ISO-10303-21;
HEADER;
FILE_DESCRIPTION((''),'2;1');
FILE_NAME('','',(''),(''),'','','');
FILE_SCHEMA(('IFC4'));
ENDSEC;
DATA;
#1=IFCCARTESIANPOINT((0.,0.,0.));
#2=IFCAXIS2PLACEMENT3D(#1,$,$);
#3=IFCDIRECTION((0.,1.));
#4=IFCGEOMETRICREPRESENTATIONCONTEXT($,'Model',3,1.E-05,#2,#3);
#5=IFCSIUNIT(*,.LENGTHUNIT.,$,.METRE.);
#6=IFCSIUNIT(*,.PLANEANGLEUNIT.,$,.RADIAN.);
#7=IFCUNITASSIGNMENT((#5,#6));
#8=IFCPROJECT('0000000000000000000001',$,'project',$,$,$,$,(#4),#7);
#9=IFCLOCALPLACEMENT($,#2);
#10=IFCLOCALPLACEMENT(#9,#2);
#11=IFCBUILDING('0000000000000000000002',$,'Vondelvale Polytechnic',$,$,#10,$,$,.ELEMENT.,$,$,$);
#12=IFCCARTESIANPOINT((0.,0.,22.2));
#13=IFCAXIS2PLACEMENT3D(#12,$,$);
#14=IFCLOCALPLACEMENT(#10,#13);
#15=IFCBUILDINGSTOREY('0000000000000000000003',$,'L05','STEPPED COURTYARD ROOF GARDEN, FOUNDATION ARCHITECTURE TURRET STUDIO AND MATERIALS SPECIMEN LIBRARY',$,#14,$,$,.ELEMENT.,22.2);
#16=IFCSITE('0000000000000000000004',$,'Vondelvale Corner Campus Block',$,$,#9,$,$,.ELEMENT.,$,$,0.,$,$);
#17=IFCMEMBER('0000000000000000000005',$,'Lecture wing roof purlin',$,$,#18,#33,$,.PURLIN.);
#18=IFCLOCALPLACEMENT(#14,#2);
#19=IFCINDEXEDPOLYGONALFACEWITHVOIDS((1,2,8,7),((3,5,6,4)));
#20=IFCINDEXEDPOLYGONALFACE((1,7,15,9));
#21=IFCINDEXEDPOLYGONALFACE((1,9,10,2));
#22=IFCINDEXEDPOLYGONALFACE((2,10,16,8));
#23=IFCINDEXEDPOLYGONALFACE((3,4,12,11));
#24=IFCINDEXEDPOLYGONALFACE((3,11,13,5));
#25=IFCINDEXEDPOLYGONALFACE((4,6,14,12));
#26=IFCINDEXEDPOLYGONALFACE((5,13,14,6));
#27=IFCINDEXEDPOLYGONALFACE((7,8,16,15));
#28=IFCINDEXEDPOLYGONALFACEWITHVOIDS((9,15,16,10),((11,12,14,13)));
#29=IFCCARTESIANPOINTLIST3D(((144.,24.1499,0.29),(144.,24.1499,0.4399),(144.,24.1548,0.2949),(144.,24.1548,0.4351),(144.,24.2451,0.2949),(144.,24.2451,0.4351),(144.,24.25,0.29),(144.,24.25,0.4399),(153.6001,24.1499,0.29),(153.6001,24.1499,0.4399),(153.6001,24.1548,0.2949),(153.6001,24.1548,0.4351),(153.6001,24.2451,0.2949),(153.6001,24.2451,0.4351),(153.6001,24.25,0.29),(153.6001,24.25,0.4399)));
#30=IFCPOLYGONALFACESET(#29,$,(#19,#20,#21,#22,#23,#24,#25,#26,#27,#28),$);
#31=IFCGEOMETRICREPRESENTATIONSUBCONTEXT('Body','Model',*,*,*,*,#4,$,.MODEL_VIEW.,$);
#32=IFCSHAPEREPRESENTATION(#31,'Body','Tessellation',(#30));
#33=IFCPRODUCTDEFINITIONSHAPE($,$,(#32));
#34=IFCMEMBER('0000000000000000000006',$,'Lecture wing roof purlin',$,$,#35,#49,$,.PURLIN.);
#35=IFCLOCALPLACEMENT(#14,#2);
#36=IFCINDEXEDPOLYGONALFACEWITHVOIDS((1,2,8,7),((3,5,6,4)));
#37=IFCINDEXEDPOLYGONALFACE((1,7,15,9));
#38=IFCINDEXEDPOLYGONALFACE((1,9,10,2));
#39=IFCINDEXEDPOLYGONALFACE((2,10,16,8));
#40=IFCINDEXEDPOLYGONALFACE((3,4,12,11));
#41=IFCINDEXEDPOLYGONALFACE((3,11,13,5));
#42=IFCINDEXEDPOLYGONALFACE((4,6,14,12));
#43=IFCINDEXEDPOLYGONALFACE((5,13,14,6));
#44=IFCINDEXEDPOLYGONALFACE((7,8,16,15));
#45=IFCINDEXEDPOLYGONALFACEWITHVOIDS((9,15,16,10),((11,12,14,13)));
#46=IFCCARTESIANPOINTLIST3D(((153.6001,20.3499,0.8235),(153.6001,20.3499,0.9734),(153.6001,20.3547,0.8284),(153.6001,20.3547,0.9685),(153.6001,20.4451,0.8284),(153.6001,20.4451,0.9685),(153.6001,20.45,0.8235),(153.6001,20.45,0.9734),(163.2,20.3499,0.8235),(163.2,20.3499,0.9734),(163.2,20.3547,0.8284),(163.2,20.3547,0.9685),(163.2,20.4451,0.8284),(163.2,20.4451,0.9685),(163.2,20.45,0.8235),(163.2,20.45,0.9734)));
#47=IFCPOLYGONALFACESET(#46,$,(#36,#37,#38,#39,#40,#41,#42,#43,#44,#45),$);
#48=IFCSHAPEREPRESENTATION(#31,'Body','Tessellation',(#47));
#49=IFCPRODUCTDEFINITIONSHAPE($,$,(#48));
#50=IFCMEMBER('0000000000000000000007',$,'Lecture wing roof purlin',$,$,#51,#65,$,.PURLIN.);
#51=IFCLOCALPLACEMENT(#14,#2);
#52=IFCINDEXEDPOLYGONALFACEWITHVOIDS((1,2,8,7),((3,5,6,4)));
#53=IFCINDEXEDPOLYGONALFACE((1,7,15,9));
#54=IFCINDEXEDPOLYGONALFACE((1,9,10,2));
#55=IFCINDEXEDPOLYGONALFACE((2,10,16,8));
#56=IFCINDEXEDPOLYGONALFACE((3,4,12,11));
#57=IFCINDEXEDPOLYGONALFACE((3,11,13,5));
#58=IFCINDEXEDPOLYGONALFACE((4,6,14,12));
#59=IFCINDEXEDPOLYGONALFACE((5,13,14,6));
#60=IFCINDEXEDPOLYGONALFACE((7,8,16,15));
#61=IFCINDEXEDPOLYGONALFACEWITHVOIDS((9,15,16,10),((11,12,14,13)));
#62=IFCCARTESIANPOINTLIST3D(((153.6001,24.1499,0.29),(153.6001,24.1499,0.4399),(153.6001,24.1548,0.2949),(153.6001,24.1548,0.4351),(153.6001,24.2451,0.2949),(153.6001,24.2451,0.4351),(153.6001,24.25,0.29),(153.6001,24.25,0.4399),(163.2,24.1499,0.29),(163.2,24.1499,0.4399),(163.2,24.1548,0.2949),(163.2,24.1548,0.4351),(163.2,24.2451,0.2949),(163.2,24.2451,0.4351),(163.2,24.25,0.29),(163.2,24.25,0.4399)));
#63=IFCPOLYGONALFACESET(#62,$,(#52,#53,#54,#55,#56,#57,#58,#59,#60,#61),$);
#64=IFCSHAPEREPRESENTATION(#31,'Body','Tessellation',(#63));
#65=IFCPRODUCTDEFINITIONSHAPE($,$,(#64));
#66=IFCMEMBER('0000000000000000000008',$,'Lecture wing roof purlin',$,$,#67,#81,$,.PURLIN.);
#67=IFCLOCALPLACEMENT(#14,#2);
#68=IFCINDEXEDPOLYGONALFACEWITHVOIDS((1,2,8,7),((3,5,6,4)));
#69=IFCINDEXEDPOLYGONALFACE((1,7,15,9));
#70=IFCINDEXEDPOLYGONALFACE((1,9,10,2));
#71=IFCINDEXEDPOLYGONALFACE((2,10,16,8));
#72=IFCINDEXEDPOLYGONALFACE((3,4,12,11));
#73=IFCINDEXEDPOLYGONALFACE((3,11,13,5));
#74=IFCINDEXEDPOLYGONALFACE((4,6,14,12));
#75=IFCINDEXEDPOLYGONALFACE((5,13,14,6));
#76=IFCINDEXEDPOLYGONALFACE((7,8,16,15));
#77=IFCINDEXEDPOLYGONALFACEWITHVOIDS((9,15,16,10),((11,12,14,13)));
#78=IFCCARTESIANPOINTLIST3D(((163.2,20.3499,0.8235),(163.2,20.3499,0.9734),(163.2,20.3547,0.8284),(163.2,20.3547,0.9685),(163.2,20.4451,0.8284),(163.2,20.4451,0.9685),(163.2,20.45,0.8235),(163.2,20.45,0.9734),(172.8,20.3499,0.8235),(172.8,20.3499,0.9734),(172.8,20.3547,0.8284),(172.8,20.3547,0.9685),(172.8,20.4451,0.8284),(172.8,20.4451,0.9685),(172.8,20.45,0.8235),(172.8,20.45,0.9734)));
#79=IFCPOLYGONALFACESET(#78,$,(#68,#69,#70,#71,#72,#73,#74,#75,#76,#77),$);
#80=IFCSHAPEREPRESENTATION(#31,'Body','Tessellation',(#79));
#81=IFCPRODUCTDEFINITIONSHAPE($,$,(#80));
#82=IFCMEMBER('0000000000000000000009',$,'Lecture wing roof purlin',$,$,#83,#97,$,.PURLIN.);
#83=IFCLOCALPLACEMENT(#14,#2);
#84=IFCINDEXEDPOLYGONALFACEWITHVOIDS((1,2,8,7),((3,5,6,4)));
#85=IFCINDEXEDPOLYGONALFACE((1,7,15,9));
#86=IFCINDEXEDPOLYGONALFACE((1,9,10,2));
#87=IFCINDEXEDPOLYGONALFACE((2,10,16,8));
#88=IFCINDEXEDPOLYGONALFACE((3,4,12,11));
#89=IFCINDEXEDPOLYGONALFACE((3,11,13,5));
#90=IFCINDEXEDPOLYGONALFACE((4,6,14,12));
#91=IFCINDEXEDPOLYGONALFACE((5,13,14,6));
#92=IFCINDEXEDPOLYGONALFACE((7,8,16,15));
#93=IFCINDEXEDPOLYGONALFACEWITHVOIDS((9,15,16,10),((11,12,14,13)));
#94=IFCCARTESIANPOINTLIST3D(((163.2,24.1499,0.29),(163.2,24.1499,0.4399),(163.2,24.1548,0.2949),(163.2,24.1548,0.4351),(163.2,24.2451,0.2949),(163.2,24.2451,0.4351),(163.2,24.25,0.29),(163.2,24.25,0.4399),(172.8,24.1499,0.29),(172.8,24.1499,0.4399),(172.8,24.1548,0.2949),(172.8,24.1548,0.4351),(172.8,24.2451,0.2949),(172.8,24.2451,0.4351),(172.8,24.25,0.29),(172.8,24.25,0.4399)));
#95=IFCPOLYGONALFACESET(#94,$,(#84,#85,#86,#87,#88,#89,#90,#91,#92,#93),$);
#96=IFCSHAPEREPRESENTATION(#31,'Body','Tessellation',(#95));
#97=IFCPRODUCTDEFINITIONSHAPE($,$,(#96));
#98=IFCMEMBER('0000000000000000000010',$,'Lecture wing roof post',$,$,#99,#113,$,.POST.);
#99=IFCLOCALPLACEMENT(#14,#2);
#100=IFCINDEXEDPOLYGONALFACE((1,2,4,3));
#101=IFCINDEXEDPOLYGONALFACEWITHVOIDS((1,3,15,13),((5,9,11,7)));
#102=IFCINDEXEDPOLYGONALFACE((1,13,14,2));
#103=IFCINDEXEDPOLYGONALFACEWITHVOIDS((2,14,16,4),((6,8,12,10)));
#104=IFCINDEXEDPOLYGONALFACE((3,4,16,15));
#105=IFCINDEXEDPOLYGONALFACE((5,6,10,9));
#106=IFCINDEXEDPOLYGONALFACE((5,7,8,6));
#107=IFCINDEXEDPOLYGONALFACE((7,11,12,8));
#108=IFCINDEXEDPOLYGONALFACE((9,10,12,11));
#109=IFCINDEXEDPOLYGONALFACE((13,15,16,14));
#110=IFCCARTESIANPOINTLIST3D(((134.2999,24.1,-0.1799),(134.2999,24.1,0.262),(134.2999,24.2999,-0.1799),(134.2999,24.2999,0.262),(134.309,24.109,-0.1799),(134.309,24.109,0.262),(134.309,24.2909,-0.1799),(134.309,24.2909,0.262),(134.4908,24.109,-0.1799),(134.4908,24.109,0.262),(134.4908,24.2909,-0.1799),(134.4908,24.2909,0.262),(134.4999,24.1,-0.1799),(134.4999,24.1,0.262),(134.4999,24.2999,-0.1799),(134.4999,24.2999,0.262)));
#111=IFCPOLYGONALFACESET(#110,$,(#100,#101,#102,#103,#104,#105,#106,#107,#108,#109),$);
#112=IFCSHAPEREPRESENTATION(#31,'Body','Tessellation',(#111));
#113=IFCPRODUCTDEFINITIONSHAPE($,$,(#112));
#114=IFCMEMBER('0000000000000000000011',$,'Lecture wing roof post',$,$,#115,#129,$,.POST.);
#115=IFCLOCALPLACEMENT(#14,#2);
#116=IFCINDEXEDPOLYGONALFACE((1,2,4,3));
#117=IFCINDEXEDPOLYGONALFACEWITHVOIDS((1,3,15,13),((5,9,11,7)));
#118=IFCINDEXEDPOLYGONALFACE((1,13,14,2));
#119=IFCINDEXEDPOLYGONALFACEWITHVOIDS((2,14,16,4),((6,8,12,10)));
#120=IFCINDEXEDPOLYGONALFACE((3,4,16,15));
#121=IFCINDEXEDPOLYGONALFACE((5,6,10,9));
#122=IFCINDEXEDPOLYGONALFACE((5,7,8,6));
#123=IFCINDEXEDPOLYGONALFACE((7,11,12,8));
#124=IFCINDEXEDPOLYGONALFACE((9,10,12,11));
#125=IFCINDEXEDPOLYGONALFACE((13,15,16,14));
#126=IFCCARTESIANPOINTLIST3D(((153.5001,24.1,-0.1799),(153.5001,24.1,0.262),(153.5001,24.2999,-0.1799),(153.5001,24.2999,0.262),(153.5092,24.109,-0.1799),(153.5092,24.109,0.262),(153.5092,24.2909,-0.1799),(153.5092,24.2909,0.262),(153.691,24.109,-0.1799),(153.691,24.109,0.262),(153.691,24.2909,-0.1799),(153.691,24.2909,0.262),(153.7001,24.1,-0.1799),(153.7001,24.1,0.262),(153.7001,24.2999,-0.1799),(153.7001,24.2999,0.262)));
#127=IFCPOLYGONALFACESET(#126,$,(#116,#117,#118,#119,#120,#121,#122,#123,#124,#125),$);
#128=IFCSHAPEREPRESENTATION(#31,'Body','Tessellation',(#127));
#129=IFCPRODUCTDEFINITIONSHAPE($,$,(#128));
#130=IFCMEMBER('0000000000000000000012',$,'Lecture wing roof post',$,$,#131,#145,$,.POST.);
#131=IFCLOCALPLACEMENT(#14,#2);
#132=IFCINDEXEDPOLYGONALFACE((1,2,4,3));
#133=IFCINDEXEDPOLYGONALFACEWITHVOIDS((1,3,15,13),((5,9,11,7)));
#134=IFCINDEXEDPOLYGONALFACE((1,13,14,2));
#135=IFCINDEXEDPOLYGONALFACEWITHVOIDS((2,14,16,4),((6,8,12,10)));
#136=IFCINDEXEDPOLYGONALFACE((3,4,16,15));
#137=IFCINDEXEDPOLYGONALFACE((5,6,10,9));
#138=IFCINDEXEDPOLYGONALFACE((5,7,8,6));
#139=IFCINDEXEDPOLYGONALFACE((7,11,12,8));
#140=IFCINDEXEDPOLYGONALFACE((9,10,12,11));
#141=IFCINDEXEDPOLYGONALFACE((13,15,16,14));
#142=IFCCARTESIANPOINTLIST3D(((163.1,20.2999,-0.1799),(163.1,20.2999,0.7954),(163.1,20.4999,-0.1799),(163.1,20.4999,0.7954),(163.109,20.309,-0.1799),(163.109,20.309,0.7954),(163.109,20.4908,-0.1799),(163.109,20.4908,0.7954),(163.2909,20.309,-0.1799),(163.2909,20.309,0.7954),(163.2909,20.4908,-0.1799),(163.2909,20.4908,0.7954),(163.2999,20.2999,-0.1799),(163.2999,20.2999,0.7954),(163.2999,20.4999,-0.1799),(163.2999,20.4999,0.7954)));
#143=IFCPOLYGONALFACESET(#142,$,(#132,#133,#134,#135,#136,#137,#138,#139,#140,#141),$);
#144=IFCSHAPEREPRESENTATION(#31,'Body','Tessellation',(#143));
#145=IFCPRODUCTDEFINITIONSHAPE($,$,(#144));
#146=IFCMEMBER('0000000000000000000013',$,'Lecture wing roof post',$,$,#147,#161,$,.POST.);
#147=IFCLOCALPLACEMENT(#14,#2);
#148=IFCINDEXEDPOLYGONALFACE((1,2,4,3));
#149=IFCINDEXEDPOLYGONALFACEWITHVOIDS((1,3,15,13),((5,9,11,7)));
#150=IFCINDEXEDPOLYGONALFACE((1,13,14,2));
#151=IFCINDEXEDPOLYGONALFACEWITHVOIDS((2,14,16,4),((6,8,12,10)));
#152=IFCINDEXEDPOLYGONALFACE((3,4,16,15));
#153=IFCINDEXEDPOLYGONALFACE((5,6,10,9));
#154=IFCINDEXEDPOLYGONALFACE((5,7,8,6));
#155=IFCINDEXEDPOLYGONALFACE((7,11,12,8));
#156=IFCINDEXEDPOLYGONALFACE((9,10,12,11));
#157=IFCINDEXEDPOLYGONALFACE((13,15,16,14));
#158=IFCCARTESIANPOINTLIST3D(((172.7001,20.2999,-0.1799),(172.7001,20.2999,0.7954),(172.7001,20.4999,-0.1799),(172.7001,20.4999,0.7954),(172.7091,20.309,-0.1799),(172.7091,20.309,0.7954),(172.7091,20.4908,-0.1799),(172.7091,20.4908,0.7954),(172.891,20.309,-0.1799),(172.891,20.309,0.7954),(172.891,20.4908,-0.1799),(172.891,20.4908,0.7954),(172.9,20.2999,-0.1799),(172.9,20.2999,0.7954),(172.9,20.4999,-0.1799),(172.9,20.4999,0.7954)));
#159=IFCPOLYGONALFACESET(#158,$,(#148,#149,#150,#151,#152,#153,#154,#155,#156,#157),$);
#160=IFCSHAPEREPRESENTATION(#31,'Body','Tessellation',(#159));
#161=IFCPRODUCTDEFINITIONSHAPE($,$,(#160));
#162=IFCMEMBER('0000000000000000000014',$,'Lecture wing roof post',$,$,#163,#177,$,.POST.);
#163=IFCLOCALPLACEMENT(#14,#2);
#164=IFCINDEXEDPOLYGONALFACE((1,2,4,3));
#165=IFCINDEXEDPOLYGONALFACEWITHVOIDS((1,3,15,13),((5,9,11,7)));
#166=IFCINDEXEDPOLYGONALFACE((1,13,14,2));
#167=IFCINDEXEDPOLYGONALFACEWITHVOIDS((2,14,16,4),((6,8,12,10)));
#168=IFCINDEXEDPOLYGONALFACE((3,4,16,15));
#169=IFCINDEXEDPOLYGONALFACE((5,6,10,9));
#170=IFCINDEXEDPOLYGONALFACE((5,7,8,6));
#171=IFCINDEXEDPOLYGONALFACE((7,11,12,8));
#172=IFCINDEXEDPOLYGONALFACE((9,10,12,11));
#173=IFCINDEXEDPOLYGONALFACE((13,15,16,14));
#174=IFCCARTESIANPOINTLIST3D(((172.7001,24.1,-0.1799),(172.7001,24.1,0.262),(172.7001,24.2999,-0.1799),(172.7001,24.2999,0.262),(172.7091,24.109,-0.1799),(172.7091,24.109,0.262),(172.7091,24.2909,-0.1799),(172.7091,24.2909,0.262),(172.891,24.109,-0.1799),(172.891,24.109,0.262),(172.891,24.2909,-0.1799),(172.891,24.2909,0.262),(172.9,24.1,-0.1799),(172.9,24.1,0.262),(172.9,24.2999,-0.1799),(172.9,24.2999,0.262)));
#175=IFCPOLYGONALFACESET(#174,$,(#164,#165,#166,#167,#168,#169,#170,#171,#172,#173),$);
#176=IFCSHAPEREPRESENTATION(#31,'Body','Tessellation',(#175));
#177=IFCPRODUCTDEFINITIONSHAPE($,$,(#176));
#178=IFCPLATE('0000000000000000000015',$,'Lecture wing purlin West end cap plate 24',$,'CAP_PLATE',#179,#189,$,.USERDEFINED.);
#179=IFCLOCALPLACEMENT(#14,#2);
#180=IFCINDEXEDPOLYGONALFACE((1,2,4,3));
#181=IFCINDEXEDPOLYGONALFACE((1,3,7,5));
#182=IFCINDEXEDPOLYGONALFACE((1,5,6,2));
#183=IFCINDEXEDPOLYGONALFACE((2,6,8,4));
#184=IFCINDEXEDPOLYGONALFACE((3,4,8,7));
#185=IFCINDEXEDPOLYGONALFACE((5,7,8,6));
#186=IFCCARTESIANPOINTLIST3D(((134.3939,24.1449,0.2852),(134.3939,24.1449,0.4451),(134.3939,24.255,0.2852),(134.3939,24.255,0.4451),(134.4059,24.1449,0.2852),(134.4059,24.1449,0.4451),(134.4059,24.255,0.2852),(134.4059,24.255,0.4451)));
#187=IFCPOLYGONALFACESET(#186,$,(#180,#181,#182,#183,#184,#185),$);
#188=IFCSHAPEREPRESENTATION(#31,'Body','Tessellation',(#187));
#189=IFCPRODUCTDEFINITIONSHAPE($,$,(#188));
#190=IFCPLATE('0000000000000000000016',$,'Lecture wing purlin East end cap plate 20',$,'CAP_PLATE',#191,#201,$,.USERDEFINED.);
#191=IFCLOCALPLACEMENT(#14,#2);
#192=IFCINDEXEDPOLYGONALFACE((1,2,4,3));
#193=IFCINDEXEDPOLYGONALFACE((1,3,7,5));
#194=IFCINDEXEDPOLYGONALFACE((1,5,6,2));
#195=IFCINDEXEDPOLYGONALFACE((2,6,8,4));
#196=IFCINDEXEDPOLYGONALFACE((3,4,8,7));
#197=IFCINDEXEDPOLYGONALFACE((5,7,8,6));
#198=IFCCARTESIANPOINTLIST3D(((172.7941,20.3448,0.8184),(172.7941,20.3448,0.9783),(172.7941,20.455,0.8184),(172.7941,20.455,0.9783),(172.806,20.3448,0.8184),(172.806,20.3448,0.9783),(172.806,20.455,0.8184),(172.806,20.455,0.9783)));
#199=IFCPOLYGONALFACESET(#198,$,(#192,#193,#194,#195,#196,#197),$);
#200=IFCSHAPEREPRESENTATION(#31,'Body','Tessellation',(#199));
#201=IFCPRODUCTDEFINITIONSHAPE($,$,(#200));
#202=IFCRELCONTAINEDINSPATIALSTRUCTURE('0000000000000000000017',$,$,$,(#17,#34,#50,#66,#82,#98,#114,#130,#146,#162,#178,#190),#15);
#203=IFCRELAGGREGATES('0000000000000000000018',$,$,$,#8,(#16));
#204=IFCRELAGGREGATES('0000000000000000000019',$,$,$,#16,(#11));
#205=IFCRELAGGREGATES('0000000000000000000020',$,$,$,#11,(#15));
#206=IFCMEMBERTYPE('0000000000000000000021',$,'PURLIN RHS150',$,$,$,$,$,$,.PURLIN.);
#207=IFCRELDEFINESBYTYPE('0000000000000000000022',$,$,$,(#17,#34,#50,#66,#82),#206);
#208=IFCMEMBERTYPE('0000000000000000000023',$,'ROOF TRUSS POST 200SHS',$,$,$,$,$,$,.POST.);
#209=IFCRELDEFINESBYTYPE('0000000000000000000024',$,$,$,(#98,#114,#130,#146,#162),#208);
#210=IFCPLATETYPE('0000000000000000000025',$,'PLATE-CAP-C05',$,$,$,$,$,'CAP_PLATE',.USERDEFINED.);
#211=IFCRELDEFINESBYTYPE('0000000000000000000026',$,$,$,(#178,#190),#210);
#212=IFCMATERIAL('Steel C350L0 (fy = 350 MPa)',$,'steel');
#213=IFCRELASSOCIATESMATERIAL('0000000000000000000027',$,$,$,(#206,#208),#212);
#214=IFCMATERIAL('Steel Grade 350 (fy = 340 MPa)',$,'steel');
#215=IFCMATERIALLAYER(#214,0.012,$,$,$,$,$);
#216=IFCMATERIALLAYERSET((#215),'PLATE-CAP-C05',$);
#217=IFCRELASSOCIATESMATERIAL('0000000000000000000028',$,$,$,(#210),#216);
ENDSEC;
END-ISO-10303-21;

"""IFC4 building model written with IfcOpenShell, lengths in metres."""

from ifc_helpers import new_model, si_unit, direction, frame, origin, origin_2d, place, context, subcontext, project, spatial, rectangle, hollow_rectangle, extrude, material, layer, layer_set, material_profile, profile_set, type_object, element, save


model = new_model("IFC4")

# Units and contexts
model_context = context("Model", 3, precision=1e-05, world=origin(), true_north=direction((0.0, 1.0)))
body_context = subcontext(model_context, "Body", "Model", "MODEL_VIEW")
ifc_project = project(units=[si_unit("LENGTHUNIT", "METRE"), si_unit("PLANEANGLEUNIT", "RADIAN")], contexts=[model_context])

# Site, building, storey
site_placement = place(None, origin())
site = spatial("IfcSite", under=ifc_project, at=site_placement, Name="Vondelvale Corner Campus Block", CompositionType="ELEMENT", RefElevation=0.0)
building_placement = place(site_placement, origin())
building = spatial("IfcBuilding", under=site, at=building_placement, Name="Vondelvale Polytechnic", CompositionType="ELEMENT")
storey_placement = place(building_placement, frame((0.0, 0.0, 22.2)))
storey = spatial("IfcBuildingStorey", under=building, at=storey_placement, Name="L05", Description="STEPPED COURTYARD ROOF GARDEN, FOUNDATION ARCHITECTURE TURRET STUDIO AND MATERIALS SPECIMEN LIBRARY", CompositionType="ELEMENT", Elevation=22.2)

# Members
ifc_material_1 = material(Name="Steel C350L0 (fy = 350 MPa)", Category="steel")
ifc_material_profile_1 = material_profile(ifc_material_1, hollow_rectangle(XDim=0.1001, YDim=0.1499, WallThickness=0.0049, at=origin_2d()), Name="150x100x5.0RHS")
ifc_profile_set_1 = profile_set([ifc_material_profile_1], Name="Steel C350L0 (fy = 350 MPa)")
member_type_1 = type_object("IfcMemberType", Name="PURLIN RHS150", PredefinedType="PURLIN", material=ifc_profile_set_1)
for number, where, z_axis, x_axis, name in (
    (1, (144.0, 24.2, 0.365), (1.0, 0.0, 0.0), (0.0, 1.0, 0.0), "Lecture wing roof purlin"),
):
    element("IfcMember", number, at=place(storey_placement, frame(where, z_axis=z_axis, x_axis=x_axis)), inside=storey, type_object=member_type_1, Name=name, PredefinedType="PURLIN", context=body_context, shape_type="SweptSolid", body=[
        extrude(hollow_rectangle(XDim=0.1001, YDim=0.1499, WallThickness=0.0049, at=origin_2d()), origin(), (0.0, 0.0, 1.0), 9.6001),
    ])
for number, where, z_axis, x_axis, name in (
    (2, (153.6001, 20.3999, 0.8984), (1.0, 0.0, 0.0), (0.0, 1.0, 0.0), "Lecture wing roof purlin"),
    (3, (153.6001, 24.2, 0.365), (1.0, 0.0, 0.0), (0.0, 1.0, 0.0), "Lecture wing roof purlin"),
):
    element("IfcMember", number, at=place(storey_placement, frame(where, z_axis=z_axis, x_axis=x_axis)), inside=storey, type_object=member_type_1, Name=name, PredefinedType="PURLIN", context=body_context, shape_type="SweptSolid", body=[
        extrude(hollow_rectangle(XDim=0.1001, YDim=0.1499, WallThickness=0.0049, at=origin_2d()), origin(), (0.0, 0.0, 1.0), 9.5999),
    ])
for number, where, z_axis, x_axis, name in (
    (4, (163.2, 20.3999, 0.8984), (1.0, 0.0, 0.0), (0.0, 1.0, 0.0), "Lecture wing roof purlin"),
    (5, (163.2, 24.2, 0.365), (1.0, 0.0, 0.0), (0.0, 1.0, 0.0), "Lecture wing roof purlin"),
):
    element("IfcMember", number, at=place(storey_placement, frame(where, z_axis=z_axis, x_axis=x_axis)), inside=storey, type_object=member_type_1, Name=name, PredefinedType="PURLIN", context=body_context, shape_type="SweptSolid", body=[
        extrude(hollow_rectangle(XDim=0.1001, YDim=0.1499, WallThickness=0.0049, at=origin_2d()), origin(), (0.0, 0.0, 1.0), 9.6001),
    ])
ifc_material_profile_2 = material_profile(ifc_material_1, hollow_rectangle(XDim=0.2, YDim=0.2, WallThickness=0.009, at=origin_2d()), Name="200x200x9.0SHS")
ifc_profile_set_2 = profile_set([ifc_material_profile_2], Name="Steel C350L0 (fy = 350 MPa)")
member_type_2 = type_object("IfcMemberType", Name="ROOF TRUSS POST 200SHS", PredefinedType="POST", material=ifc_profile_set_2)
for number, where, z_axis, x_axis, name in (
    (6, (134.3999, 24.2, -0.1799), (0.0, 0.0, 1.0), (1.0, 0.0, 0.0), "Lecture wing roof post"),
    (7, (153.6001, 24.2, -0.1799), (0.0, 0.0, 1.0), (1.0, 0.0, 0.0), "Lecture wing roof post"),
):
    element("IfcMember", number, at=place(storey_placement, frame(where, z_axis=z_axis, x_axis=x_axis)), inside=storey, type_object=member_type_2, Name=name, PredefinedType="POST", context=body_context, shape_type="SweptSolid", body=[
        extrude(hollow_rectangle(XDim=0.2, YDim=0.2, WallThickness=0.009, at=origin_2d()), origin(), (0.0, 0.0, 1.0), 0.4419),
    ])
for number, where, z_axis, x_axis, name in (
    (8, (163.2, 20.3999, -0.1799), (0.0, 0.0, 1.0), (1.0, 0.0, 0.0), "Lecture wing roof post"),
    (9, (172.8, 20.3999, -0.1799), (0.0, 0.0, 1.0), (1.0, 0.0, 0.0), "Lecture wing roof post"),
):
    element("IfcMember", number, at=place(storey_placement, frame(where, z_axis=z_axis, x_axis=x_axis)), inside=storey, type_object=member_type_2, Name=name, PredefinedType="POST", context=body_context, shape_type="SweptSolid", body=[
        extrude(hollow_rectangle(XDim=0.2, YDim=0.2, WallThickness=0.009, at=origin_2d()), origin(), (0.0, 0.0, 1.0), 0.9753),
    ])
member_placement = place(storey_placement, frame((172.8, 24.2, -0.1799), z_axis=(0.0, 0.0, 1.0), x_axis=(1.0, 0.0, 0.0)))
element("IfcMember", 10, at=member_placement, inside=storey, type_object=member_type_2, Name="Lecture wing roof post", PredefinedType="POST", context=body_context, shape_type="SweptSolid", body=[
    extrude(hollow_rectangle(XDim=0.2, YDim=0.2, WallThickness=0.009, at=origin_2d()), origin(), (0.0, 0.0, 1.0), 0.4419),
])

# Plates
ifc_material_2 = material(Name="Steel Grade 350 (fy = 340 MPa)", Category="steel")
ifc_layer_1 = layer(ifc_material_2, 0.012)
ifc_layer_set_1 = layer_set([ifc_layer_1], Name="PLATE-CAP-C05")
plate_type_1 = type_object("IfcPlateType", Name="PLATE-CAP-C05", ElementType="CAP_PLATE", PredefinedType="USERDEFINED", material=ifc_layer_set_1)
for number, where, z_axis, x_axis, name in (
    (11, (134.3999, 24.2, 0.2852), (0.0, 0.0, 1.0), (1.0, 0.0, 0.0), "Lecture wing purlin West end cap plate 24"),
    (12, (172.8, 20.3999, 0.8184), (0.0, 0.0, 1.0), (1.0, 0.0, 0.0), "Lecture wing purlin East end cap plate 20"),
):
    element("IfcPlate", number, at=place(storey_placement, frame(where, z_axis=z_axis, x_axis=x_axis)), inside=storey, type_object=plate_type_1, Name=name, ObjectType="CAP_PLATE", PredefinedType="USERDEFINED", context=body_context, shape_type="SweptSolid", body=[
        extrude(rectangle(XDim=0.012, YDim=0.1101, at=origin_2d()), origin(), (0.0, 0.0, 1.0), 0.1599),
    ])

save(model, "model.ifc")
